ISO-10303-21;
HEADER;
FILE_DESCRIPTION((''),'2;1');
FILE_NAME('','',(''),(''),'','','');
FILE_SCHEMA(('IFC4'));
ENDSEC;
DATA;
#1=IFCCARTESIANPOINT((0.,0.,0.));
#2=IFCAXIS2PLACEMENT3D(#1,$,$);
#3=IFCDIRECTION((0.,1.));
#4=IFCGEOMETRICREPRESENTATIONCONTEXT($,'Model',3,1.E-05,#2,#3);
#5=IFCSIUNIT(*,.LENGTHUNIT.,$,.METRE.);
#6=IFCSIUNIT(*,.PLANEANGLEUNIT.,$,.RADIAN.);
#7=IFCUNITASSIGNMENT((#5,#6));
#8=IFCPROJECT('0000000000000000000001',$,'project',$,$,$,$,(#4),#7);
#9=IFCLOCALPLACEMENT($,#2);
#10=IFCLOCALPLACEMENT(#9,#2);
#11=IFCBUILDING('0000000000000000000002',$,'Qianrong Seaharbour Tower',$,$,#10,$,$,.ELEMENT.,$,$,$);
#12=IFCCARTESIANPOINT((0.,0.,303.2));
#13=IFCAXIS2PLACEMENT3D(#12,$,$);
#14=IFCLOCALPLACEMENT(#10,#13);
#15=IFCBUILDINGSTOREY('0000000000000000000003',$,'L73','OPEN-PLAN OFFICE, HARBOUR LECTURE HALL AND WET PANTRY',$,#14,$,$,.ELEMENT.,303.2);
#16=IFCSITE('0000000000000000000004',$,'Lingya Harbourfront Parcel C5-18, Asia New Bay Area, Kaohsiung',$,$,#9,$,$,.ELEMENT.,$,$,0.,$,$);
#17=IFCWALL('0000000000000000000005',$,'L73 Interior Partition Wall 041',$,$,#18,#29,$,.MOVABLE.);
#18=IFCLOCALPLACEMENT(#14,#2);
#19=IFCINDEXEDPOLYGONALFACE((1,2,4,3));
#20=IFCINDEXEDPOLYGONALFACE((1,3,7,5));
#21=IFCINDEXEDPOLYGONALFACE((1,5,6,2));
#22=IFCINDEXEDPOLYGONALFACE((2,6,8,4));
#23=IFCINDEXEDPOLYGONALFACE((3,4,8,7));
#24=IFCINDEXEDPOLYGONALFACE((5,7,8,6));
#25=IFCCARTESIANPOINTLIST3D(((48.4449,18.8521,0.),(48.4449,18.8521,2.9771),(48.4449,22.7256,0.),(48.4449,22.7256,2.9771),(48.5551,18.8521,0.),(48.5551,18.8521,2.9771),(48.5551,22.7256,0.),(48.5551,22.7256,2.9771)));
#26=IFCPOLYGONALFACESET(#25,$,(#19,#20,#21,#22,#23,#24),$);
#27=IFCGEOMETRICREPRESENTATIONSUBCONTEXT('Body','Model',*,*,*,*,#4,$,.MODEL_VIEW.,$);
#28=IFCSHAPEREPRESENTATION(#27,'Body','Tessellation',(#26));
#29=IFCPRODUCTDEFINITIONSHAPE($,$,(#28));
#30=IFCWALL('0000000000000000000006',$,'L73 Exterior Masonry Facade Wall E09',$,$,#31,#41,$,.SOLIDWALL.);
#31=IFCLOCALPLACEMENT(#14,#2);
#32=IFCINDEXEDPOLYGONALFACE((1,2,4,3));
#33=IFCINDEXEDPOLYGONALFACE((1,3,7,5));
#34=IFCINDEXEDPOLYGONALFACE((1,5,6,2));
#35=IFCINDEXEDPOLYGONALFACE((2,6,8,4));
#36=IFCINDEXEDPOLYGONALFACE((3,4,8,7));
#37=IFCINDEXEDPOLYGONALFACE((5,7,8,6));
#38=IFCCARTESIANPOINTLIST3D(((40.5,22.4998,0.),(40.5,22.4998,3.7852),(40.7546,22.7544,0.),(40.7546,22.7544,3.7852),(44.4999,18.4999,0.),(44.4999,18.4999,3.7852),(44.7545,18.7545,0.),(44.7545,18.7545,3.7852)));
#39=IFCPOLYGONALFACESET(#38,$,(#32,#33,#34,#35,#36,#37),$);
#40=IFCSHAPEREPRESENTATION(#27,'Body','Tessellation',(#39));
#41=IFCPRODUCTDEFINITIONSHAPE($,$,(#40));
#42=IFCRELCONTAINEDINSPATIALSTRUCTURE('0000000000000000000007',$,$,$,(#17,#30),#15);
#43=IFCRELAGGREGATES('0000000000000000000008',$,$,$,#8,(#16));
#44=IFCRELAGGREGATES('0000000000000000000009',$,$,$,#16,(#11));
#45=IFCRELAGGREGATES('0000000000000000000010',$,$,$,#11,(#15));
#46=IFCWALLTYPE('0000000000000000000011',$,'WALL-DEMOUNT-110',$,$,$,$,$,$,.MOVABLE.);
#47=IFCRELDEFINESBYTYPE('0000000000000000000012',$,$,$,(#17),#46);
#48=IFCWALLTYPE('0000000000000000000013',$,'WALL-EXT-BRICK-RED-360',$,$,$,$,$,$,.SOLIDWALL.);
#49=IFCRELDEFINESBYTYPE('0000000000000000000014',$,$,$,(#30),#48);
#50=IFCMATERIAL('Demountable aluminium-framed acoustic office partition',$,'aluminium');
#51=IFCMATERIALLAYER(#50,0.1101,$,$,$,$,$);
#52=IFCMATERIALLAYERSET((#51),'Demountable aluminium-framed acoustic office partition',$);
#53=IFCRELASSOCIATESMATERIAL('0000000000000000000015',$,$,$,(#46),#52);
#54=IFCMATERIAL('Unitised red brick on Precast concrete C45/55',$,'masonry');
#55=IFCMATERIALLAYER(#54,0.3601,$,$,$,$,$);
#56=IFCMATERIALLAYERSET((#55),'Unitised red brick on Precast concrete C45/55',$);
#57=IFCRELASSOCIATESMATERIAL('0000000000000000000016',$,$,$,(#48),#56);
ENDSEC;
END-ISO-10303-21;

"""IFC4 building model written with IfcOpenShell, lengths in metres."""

from ifc_helpers import new_model, si_unit, direction, frame, frame_2d, origin, place, context, subcontext, project, spatial, rectangle, extrude, material, layer, layer_set, type_object, element, save


model = new_model("IFC4")

# Units and contexts
model_context = context("Model", 3, precision=1e-05, world=origin(), true_north=direction((0.0, 1.0)))
body_context = subcontext(model_context, "Body", "Model", "MODEL_VIEW")
ifc_project = project(units=[si_unit("LENGTHUNIT", "METRE"), si_unit("PLANEANGLEUNIT", "RADIAN")], contexts=[model_context])

# Site, building, storey
site_placement = place(None, origin())
site = spatial("IfcSite", under=ifc_project, at=site_placement, Name="Lingya Harbourfront Parcel C5-18, Asia New Bay Area, Kaohsiung", CompositionType="ELEMENT", RefElevation=0.0)
building_placement = place(site_placement, origin())
building = spatial("IfcBuilding", under=site, at=building_placement, Name="Qianrong Seaharbour Tower", CompositionType="ELEMENT")
storey_placement = place(building_placement, frame((0.0, 0.0, 303.2)))
storey = spatial("IfcBuildingStorey", under=building, at=storey_placement, Name="L73", Description="OPEN-PLAN OFFICE, HARBOUR LECTURE HALL AND WET PANTRY", CompositionType="ELEMENT", Elevation=303.2)

# Walls
ifc_material_1 = material(Name="Demountable aluminium-framed acoustic office partition", Category="aluminium")
ifc_layer_1 = layer(ifc_material_1, 0.1101)
ifc_layer_set_1 = layer_set([ifc_layer_1], Name="Demountable aluminium-framed acoustic office partition")
wall_type_1 = type_object("IfcWallType", Name="WALL-DEMOUNT-110", PredefinedType="MOVABLE", material=ifc_layer_set_1)
wall_1_placement = place(storey_placement, frame((48.5, 22.7256, 0.0), z_axis=(0.0, 0.0, 1.0), x_axis=(0.0, -1.0, 0.0)))
element("IfcWall", 1, at=wall_1_placement, inside=storey, type_object=wall_type_1, Name="L73 Interior Partition Wall 041", PredefinedType="MOVABLE", context=body_context, shape_type="SweptSolid", body=[
    extrude(rectangle(XDim=3.8735, YDim=0.1101, at=frame_2d((1.9368, 0.0))), origin(), (0.0, 0.0, 1.0), 2.9771),
])
ifc_material_2 = material(Name="Unitised red brick on Precast concrete C45/55", Category="masonry")
ifc_layer_2 = layer(ifc_material_2, 0.3601)
ifc_layer_set_2 = layer_set([ifc_layer_2], Name="Unitised red brick on Precast concrete C45/55")
wall_type_2 = type_object("IfcWallType", Name="WALL-EXT-BRICK-RED-360", PredefinedType="SOLIDWALL", material=ifc_layer_set_2)
wall_2_placement = place(storey_placement, frame((44.6272, 18.6272, 0.0), z_axis=(0.0, 0.0, 1.0), x_axis=(-0.707107, 0.707107, 0.0)))
element("IfcWall", 2, at=wall_2_placement, inside=storey, type_object=wall_type_2, Name="L73 Exterior Masonry Facade Wall E09", PredefinedType="SOLIDWALL", context=body_context, shape_type="SweptSolid", body=[
    extrude(rectangle(XDim=5.6567, YDim=0.3601, at=frame_2d((2.8284, 0.0))), origin(), (0.0, 0.0, 1.0), 3.7852),
])

save(model, "model.ifc")
